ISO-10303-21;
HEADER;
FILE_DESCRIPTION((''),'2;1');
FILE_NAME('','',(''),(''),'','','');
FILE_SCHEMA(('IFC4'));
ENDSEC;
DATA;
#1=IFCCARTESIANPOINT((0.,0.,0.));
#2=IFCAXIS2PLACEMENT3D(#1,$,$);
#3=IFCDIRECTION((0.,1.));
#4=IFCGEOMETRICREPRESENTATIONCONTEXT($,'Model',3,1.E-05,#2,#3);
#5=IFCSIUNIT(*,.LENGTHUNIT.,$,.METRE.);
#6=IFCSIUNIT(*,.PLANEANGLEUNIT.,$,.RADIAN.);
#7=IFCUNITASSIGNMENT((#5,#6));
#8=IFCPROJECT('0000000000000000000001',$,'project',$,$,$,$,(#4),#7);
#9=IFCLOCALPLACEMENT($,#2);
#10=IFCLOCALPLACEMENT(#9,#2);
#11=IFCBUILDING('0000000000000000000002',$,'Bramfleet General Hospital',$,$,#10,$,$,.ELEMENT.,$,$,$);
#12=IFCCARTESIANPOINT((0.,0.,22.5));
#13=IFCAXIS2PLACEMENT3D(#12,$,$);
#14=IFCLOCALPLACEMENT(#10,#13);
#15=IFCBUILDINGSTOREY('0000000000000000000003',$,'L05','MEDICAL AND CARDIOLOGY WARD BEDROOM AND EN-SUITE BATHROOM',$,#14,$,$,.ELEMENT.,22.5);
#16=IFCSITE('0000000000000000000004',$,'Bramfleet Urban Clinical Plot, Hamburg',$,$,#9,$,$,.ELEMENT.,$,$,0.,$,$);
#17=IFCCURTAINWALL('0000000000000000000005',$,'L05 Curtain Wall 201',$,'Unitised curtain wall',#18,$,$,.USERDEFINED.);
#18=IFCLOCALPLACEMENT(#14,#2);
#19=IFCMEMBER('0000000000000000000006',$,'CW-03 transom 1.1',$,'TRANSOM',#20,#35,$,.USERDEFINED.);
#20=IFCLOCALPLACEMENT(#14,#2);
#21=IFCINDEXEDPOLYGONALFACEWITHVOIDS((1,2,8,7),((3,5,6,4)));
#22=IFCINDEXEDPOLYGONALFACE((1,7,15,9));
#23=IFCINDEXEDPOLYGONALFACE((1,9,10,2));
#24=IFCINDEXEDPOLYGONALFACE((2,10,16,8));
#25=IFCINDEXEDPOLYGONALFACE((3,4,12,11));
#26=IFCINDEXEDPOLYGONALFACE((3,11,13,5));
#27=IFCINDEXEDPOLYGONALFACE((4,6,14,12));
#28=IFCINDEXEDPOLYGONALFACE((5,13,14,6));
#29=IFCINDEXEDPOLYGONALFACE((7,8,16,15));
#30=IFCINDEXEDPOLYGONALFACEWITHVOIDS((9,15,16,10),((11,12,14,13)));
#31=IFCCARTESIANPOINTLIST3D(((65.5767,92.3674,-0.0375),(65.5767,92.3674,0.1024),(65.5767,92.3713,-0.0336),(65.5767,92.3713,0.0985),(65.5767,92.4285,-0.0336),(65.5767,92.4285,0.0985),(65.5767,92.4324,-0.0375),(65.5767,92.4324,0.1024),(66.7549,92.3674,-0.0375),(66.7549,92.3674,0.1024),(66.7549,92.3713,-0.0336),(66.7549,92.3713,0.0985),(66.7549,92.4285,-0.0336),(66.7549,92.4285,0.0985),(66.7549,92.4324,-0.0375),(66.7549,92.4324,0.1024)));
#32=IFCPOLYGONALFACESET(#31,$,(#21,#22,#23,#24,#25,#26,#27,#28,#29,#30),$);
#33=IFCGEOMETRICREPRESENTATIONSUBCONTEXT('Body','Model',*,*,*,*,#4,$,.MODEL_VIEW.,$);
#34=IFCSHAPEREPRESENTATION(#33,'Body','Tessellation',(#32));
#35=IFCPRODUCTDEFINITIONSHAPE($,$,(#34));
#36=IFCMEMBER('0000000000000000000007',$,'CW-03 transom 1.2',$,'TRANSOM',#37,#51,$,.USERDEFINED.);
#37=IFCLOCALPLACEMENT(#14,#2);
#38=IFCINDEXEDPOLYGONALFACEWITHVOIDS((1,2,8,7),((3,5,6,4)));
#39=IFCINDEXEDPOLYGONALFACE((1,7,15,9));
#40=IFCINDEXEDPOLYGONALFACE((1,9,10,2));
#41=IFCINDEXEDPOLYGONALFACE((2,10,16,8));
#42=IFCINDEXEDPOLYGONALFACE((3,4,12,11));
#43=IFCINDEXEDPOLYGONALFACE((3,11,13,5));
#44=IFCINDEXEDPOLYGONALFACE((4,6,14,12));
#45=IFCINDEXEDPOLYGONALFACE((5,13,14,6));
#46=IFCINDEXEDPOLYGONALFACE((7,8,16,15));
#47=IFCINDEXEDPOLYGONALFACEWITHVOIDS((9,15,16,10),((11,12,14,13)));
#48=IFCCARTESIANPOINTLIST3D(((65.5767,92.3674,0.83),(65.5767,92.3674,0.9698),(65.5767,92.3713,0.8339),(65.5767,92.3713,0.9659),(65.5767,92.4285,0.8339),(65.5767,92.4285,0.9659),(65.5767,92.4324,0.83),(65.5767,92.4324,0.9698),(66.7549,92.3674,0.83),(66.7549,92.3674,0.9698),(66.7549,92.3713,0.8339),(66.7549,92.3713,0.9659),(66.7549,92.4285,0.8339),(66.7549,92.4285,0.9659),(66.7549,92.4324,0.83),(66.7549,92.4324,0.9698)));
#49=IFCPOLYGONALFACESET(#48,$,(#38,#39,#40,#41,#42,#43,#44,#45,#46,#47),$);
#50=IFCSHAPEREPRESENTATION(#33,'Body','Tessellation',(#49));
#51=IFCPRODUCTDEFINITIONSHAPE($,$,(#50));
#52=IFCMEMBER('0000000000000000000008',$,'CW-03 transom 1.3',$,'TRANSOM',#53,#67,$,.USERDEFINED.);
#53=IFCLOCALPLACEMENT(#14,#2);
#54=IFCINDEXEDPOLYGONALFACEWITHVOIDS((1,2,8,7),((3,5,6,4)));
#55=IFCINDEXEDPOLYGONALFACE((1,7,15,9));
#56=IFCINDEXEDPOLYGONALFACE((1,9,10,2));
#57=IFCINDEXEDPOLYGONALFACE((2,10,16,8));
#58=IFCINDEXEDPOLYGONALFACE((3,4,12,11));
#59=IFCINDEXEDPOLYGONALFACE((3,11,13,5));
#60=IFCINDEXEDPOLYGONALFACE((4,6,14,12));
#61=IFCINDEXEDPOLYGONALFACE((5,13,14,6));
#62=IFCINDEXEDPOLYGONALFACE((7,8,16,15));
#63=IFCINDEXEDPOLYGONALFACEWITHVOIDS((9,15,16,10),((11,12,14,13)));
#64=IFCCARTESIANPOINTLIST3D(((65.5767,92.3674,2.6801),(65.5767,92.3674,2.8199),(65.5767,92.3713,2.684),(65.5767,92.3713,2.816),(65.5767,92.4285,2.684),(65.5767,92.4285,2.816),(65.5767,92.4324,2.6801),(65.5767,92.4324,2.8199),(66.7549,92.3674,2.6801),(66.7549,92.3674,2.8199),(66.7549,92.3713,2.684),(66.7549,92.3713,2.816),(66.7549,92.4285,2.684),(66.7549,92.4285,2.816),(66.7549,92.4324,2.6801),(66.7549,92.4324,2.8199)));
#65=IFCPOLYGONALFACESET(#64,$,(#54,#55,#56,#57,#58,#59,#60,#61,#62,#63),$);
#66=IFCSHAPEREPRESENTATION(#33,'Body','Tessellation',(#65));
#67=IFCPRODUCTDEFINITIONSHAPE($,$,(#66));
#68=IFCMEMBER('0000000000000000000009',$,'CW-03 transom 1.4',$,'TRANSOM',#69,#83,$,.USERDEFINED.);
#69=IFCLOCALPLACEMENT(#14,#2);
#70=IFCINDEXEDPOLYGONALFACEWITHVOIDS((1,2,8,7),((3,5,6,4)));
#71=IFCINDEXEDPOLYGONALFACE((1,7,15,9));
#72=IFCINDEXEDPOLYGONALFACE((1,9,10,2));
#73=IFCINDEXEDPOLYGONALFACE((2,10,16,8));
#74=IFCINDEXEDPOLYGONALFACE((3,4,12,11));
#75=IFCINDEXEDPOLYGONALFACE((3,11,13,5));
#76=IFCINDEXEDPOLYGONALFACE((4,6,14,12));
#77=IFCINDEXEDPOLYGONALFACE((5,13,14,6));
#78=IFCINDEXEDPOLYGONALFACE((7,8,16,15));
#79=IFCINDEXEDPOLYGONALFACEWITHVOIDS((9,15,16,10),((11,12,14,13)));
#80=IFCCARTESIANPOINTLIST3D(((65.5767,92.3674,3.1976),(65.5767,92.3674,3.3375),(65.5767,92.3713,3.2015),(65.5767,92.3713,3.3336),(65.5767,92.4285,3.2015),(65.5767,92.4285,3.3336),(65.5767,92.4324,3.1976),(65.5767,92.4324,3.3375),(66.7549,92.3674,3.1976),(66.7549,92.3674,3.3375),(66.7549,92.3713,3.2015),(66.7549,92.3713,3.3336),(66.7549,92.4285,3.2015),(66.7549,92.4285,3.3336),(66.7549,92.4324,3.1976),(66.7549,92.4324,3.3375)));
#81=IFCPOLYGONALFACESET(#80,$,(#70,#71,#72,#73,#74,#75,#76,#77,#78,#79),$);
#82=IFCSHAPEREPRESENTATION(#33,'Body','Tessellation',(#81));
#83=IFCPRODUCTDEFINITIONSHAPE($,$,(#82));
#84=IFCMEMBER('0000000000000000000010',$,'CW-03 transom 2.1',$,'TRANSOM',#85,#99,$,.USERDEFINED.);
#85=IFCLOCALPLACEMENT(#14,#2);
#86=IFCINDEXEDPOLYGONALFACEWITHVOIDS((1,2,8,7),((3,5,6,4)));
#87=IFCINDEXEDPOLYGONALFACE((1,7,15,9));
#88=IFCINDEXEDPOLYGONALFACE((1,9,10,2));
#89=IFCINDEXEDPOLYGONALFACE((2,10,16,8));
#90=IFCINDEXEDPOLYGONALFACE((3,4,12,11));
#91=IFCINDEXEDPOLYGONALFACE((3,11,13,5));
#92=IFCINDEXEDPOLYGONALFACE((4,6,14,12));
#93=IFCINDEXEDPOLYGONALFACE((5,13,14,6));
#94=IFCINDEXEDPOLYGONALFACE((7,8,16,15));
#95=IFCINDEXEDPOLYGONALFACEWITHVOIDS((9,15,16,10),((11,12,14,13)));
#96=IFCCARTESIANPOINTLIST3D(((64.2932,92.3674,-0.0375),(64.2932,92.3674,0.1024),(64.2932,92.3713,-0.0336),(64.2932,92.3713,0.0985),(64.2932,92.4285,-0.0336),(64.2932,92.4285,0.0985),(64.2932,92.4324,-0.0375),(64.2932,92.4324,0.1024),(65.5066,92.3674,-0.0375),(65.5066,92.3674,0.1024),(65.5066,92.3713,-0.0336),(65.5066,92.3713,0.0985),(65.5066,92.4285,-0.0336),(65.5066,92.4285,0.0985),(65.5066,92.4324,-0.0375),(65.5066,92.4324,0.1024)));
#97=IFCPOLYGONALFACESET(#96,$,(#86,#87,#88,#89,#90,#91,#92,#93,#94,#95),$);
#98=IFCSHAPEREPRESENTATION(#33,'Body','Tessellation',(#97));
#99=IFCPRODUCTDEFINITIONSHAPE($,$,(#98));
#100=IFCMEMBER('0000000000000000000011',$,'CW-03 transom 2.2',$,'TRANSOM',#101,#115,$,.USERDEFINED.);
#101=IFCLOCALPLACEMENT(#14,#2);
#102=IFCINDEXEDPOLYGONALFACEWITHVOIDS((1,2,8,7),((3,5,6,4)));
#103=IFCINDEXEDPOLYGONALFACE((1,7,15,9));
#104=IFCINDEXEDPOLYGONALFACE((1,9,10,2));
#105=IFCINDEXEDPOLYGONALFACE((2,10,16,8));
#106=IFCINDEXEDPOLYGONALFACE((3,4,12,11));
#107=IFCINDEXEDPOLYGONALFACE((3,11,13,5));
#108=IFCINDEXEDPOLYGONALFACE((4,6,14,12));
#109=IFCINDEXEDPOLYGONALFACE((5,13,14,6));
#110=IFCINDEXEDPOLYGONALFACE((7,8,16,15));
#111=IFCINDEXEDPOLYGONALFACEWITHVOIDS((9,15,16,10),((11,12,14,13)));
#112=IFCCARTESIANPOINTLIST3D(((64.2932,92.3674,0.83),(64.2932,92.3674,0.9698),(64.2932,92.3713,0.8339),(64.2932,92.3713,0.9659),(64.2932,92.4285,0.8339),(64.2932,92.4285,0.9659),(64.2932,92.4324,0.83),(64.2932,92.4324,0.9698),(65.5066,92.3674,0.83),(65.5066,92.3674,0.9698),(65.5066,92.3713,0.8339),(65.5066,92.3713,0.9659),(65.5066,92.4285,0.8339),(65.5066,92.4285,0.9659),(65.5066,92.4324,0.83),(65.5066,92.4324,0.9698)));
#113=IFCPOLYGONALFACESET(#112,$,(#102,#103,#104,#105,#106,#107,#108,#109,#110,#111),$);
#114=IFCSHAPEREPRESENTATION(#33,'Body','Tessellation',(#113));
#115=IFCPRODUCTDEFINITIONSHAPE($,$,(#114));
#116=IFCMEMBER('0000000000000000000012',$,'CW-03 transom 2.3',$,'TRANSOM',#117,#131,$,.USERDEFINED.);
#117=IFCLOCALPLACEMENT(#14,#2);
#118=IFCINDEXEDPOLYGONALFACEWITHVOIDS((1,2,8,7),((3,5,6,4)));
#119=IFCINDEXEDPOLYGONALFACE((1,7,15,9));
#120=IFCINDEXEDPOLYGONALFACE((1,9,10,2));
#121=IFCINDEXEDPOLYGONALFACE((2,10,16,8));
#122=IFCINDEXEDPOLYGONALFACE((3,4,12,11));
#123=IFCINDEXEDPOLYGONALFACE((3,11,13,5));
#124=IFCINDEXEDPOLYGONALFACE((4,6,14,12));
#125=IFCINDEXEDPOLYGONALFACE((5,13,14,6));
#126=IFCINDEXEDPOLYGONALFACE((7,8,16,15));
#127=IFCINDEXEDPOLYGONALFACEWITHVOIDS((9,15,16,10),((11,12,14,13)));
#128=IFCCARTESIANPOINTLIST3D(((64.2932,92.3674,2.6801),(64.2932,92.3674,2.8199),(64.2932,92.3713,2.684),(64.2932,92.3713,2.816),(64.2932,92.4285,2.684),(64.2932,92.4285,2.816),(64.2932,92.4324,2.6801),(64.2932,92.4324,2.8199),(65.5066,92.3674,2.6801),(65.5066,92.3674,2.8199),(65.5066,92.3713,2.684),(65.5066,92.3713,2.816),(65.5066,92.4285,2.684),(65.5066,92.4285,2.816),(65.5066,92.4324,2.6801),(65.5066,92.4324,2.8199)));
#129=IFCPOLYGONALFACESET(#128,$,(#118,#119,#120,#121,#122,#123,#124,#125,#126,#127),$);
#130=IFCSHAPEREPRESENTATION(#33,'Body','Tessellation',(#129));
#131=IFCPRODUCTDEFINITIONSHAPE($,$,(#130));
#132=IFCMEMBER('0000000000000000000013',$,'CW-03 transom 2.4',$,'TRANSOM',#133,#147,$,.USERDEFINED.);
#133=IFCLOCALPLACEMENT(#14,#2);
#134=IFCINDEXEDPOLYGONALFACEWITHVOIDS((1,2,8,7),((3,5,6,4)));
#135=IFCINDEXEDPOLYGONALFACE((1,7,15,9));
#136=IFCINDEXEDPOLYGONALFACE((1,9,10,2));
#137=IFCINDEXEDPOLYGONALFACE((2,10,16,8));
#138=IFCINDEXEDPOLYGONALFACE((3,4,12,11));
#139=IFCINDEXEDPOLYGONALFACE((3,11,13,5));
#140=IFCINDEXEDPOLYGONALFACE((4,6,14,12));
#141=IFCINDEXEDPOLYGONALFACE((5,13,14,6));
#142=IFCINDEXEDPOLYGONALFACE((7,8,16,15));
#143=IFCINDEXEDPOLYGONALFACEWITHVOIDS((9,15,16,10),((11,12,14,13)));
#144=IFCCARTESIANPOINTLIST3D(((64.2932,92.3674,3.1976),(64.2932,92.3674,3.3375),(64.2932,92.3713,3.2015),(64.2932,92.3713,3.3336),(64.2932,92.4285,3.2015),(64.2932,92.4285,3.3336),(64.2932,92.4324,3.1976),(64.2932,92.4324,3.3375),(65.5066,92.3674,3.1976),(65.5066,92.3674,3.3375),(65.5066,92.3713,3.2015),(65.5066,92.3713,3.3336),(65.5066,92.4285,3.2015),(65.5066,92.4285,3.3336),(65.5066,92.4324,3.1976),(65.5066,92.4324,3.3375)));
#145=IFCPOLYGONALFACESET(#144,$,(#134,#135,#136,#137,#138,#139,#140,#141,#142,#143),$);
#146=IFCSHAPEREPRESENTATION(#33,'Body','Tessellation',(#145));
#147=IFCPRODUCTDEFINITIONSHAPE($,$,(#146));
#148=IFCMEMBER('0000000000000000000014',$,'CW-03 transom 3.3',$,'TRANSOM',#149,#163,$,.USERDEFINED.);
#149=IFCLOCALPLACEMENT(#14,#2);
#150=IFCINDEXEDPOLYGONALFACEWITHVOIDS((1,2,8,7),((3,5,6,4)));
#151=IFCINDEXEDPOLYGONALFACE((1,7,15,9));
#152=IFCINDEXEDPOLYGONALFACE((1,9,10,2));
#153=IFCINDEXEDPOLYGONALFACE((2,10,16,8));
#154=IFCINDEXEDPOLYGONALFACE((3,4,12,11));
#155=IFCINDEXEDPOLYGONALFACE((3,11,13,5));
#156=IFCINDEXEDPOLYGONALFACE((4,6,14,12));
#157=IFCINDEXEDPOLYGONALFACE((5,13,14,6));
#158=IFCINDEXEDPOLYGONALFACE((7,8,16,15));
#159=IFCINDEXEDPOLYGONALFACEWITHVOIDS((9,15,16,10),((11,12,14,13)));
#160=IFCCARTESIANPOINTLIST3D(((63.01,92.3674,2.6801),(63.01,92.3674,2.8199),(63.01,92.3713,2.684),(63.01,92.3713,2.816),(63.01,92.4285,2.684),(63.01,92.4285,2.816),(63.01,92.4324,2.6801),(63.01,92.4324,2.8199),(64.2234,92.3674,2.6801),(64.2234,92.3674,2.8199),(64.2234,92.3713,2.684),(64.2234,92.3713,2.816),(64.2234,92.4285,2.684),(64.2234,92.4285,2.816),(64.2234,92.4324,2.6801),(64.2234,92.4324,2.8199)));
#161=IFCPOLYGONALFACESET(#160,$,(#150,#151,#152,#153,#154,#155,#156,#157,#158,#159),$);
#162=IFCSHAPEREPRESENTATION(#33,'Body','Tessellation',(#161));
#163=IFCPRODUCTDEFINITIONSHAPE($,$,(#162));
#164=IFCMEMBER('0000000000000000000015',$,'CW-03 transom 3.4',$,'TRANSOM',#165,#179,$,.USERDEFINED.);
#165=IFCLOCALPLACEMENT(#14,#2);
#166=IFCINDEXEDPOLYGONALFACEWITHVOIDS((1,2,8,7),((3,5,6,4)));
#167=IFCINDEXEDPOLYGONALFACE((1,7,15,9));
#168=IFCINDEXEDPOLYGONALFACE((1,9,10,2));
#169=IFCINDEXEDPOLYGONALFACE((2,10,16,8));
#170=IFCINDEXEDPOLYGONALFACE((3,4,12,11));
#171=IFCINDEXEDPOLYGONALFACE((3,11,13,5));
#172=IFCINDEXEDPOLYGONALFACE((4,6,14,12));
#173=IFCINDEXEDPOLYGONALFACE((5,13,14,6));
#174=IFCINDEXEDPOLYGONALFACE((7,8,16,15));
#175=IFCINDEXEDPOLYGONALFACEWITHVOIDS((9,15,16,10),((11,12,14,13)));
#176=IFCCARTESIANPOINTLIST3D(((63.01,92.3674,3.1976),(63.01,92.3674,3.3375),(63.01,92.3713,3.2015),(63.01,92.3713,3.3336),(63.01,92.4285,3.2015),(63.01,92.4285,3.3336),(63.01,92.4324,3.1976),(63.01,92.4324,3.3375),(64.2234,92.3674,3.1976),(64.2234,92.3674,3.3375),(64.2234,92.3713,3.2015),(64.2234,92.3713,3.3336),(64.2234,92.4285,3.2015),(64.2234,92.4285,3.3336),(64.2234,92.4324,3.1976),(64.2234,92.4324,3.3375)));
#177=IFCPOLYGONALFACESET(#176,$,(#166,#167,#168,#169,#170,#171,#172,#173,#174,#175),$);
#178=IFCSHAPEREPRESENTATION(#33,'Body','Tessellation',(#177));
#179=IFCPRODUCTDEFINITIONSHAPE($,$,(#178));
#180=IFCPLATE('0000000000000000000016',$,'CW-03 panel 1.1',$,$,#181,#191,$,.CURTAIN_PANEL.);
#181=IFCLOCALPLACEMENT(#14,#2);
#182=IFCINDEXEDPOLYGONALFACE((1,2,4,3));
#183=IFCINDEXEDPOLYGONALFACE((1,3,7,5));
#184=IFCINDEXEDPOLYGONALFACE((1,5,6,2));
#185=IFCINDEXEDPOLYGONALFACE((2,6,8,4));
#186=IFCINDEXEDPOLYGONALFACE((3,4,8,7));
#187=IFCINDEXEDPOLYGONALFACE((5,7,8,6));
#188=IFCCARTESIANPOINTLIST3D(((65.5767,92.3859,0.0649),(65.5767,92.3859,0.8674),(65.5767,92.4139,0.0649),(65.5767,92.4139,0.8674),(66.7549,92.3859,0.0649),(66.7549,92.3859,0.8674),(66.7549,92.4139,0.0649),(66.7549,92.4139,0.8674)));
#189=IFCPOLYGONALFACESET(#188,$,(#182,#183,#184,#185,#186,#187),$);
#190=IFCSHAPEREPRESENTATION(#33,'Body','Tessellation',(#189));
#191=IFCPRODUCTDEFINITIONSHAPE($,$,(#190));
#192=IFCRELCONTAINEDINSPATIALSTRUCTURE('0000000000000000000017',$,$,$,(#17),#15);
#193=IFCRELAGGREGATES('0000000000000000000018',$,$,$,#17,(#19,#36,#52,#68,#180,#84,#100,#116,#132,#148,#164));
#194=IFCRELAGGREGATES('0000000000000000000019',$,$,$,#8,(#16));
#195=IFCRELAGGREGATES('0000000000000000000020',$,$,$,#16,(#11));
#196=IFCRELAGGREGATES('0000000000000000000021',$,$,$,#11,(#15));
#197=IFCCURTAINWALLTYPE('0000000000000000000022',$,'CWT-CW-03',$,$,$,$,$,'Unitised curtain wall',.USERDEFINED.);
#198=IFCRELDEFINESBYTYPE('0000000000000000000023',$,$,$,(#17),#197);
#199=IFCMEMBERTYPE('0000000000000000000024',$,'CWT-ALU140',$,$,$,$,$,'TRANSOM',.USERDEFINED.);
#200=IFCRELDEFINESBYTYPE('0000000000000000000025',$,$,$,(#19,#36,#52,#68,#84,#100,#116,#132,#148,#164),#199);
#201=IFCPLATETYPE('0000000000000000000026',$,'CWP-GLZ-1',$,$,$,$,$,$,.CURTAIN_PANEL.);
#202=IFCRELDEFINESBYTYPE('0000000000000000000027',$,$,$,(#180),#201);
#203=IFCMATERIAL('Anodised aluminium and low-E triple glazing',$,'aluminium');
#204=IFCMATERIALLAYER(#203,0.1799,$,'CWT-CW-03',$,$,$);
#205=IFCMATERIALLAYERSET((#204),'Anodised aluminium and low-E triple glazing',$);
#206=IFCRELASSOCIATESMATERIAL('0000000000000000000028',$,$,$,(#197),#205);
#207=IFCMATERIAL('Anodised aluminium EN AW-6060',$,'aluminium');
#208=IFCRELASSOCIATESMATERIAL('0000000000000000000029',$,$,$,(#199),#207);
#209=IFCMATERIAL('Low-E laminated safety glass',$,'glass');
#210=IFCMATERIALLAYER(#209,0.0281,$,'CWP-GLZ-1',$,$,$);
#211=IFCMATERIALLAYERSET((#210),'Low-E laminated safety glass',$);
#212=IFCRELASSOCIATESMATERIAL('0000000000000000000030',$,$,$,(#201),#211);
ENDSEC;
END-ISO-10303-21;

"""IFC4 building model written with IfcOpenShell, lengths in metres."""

from ifc_helpers import new_model, si_unit, direction, frame, origin, origin_2d, place, context, subcontext, project, spatial, rectangle, hollow_rectangle, extrude, material, layer, layer_set, material_profile, profile_set, type_object, element, aggregate, save


model = new_model("IFC4")

# Units and contexts
model_context = context("Model", 3, precision=1e-05, world=origin(), true_north=direction((0.0, 1.0)))
body_context = subcontext(model_context, "Body", "Model", "MODEL_VIEW")
ifc_project = project(units=[si_unit("LENGTHUNIT", "METRE"), si_unit("PLANEANGLEUNIT", "RADIAN")], contexts=[model_context])

# Site, building, storey
site_placement = place(None, origin())
site = spatial("IfcSite", under=ifc_project, at=site_placement, Name="Bramfleet Urban Clinical Plot, Hamburg", CompositionType="ELEMENT", RefElevation=0.0)
building_placement = place(site_placement, origin())
building = spatial("IfcBuilding", under=site, at=building_placement, Name="Bramfleet General Hospital", CompositionType="ELEMENT")
storey_placement = place(building_placement, frame((0.0, 0.0, 22.5)))
storey = spatial("IfcBuildingStorey", under=building, at=storey_placement, Name="L05", Description="MEDICAL AND CARDIOLOGY WARD BEDROOM AND EN-SUITE BATHROOM", CompositionType="ELEMENT", Elevation=22.5)

# Curtain wall, members, plate
ifc_material_1 = material(Name="Anodised aluminium and low-E triple glazing", Category="aluminium")
ifc_layer_1 = layer(ifc_material_1, 0.1799, Name="CWT-CW-03")
ifc_layer_set_1 = layer_set([ifc_layer_1], Name="Anodised aluminium and low-E triple glazing")
curtain_wall_type = type_object("IfcCurtainWallType", Name="CWT-CW-03", ElementType="Unitised curtain wall", PredefinedType="USERDEFINED", material=ifc_layer_set_1)
curtain_wall_placement = place(storey_placement, origin())
curtain_wall = element("IfcCurtainWall", 1, at=curtain_wall_placement, inside=storey, type_object=curtain_wall_type, Name="L05 Curtain Wall 201", ObjectType="Unitised curtain wall", PredefinedType="USERDEFINED")
ifc_material_2 = material(Name="Anodised aluminium EN AW-6060", Category="aluminium")
ifc_material_profile_1 = material_profile(ifc_material_2, hollow_rectangle(XDim=0.0649, YDim=0.1399, WallThickness=0.0039, at=origin_2d()), Name="ALU 140x65x4.0")
ifc_profile_set_1 = profile_set([ifc_material_profile_1], Name="Anodised aluminium EN AW-6060")
member_type_1 = type_object("IfcMemberType", Name="CWT-ALU140", ElementType="TRANSOM", PredefinedType="USERDEFINED", material=ifc_profile_set_1)
member_1_placement = place(storey_placement, frame((66.7549, 92.3999, 0.0325), z_axis=(-1.0, 0.0, 0.0), x_axis=(0.0, -1.0, 0.0)))
member_1 = element("IfcMember", 2, at=member_1_placement, type_object=member_type_1, Name="CW-03 transom 1.1", ObjectType="TRANSOM", PredefinedType="USERDEFINED", context=body_context, shape_type="SweptSolid", body=[
    extrude(hollow_rectangle(XDim=0.0649, YDim=0.1399, WallThickness=0.0039, at=origin_2d()), origin(), (0.0, 0.0, 1.0), 1.1782),
])
member_2_placement = place(storey_placement, frame((66.7549, 92.3999, 0.8999), z_axis=(-1.0, 0.0, 0.0), x_axis=(0.0, -1.0, 0.0)))
member_2 = element("IfcMember", 3, at=member_2_placement, type_object=member_type_1, Name="CW-03 transom 1.2", ObjectType="TRANSOM", PredefinedType="USERDEFINED", context=body_context, shape_type="SweptSolid", body=[
    extrude(hollow_rectangle(XDim=0.0649, YDim=0.1399, WallThickness=0.0039, at=origin_2d()), origin(), (0.0, 0.0, 1.0), 1.1782),
])
member_3_placement = place(storey_placement, frame((66.7549, 92.3999, 2.75), z_axis=(-1.0, 0.0, 0.0), x_axis=(0.0, -1.0, 0.0)))
member_3 = element("IfcMember", 4, at=member_3_placement, type_object=member_type_1, Name="CW-03 transom 1.3", ObjectType="TRANSOM", PredefinedType="USERDEFINED", context=body_context, shape_type="SweptSolid", body=[
    extrude(hollow_rectangle(XDim=0.0649, YDim=0.1399, WallThickness=0.0039, at=origin_2d()), origin(), (0.0, 0.0, 1.0), 1.1782),
])
member_4_placement = place(storey_placement, frame((66.7549, 92.3999, 3.2676), z_axis=(-1.0, 0.0, 0.0), x_axis=(0.0, -1.0, 0.0)))
member_4 = element("IfcMember", 5, at=member_4_placement, type_object=member_type_1, Name="CW-03 transom 1.4", ObjectType="TRANSOM", PredefinedType="USERDEFINED", context=body_context, shape_type="SweptSolid", body=[
    extrude(hollow_rectangle(XDim=0.0649, YDim=0.1399, WallThickness=0.0039, at=origin_2d()), origin(), (0.0, 0.0, 1.0), 1.1782),
])
member_5_placement = place(storey_placement, frame((65.5066, 92.3999, 0.0325), z_axis=(-1.0, 0.0, 0.0), x_axis=(0.0, -1.0, 0.0)))
member_5 = element("IfcMember", 6, at=member_5_placement, type_object=member_type_1, Name="CW-03 transom 2.1", ObjectType="TRANSOM", PredefinedType="USERDEFINED", context=body_context, shape_type="SweptSolid", body=[
    extrude(hollow_rectangle(XDim=0.0649, YDim=0.1399, WallThickness=0.0039, at=origin_2d()), origin(), (0.0, 0.0, 1.0), 1.2134),
])
member_6_placement = place(storey_placement, frame((65.5066, 92.3999, 0.8999), z_axis=(-1.0, 0.0, 0.0), x_axis=(0.0, -1.0, 0.0)))
member_6 = element("IfcMember", 7, at=member_6_placement, type_object=member_type_1, Name="CW-03 transom 2.2", ObjectType="TRANSOM", PredefinedType="USERDEFINED", context=body_context, shape_type="SweptSolid", body=[
    extrude(hollow_rectangle(XDim=0.0649, YDim=0.1399, WallThickness=0.0039, at=origin_2d()), origin(), (0.0, 0.0, 1.0), 1.2134),
])
member_7_placement = place(storey_placement, frame((65.5066, 92.3999, 2.75), z_axis=(-1.0, 0.0, 0.0), x_axis=(0.0, -1.0, 0.0)))
member_7 = element("IfcMember", 8, at=member_7_placement, type_object=member_type_1, Name="CW-03 transom 2.3", ObjectType="TRANSOM", PredefinedType="USERDEFINED", context=body_context, shape_type="SweptSolid", body=[
    extrude(hollow_rectangle(XDim=0.0649, YDim=0.1399, WallThickness=0.0039, at=origin_2d()), origin(), (0.0, 0.0, 1.0), 1.2134),
])
member_8_placement = place(storey_placement, frame((65.5066, 92.3999, 3.2676), z_axis=(-1.0, 0.0, 0.0), x_axis=(0.0, -1.0, 0.0)))
member_8 = element("IfcMember", 9, at=member_8_placement, type_object=member_type_1, Name="CW-03 transom 2.4", ObjectType="TRANSOM", PredefinedType="USERDEFINED", context=body_context, shape_type="SweptSolid", body=[
    extrude(hollow_rectangle(XDim=0.0649, YDim=0.1399, WallThickness=0.0039, at=origin_2d()), origin(), (0.0, 0.0, 1.0), 1.2134),
])
member_9_placement = place(storey_placement, frame((64.2234, 92.3999, 2.75), z_axis=(-1.0, 0.0, 0.0), x_axis=(0.0, -1.0, 0.0)))
member_9 = element("IfcMember", 10, at=member_9_placement, type_object=member_type_1, Name="CW-03 transom 3.3", ObjectType="TRANSOM", PredefinedType="USERDEFINED", context=body_context, shape_type="SweptSolid", body=[
    extrude(hollow_rectangle(XDim=0.0649, YDim=0.1399, WallThickness=0.0039, at=origin_2d()), origin(), (0.0, 0.0, 1.0), 1.2134),
])
member_10_placement = place(storey_placement, frame((64.2234, 92.3999, 3.2676), z_axis=(-1.0, 0.0, 0.0), x_axis=(0.0, -1.0, 0.0)))
member_10 = element("IfcMember", 11, at=member_10_placement, type_object=member_type_1, Name="CW-03 transom 3.4", ObjectType="TRANSOM", PredefinedType="USERDEFINED", context=body_context, shape_type="SweptSolid", body=[
    extrude(hollow_rectangle(XDim=0.0649, YDim=0.1399, WallThickness=0.0039, at=origin_2d()), origin(), (0.0, 0.0, 1.0), 1.2134),
])
ifc_material_3 = material(Name="Low-E laminated safety glass", Category="glass")
ifc_layer_2 = layer(ifc_material_3, 0.0281, Name="CWP-GLZ-1")
ifc_layer_set_2 = layer_set([ifc_layer_2], Name="Low-E laminated safety glass")
plate_type = type_object("IfcPlateType", Name="CWP-GLZ-1", PredefinedType="CURTAIN_PANEL", material=ifc_layer_set_2)
plate_1_placement = place(storey_placement, frame((66.1658, 92.3999, 0.0649), z_axis=(0.0, 0.0, 1.0), x_axis=(-1.0, 0.0, 0.0)))
plate_1 = element("IfcPlate", 12, at=plate_1_placement, type_object=plate_type, Name="CW-03 panel 1.1", PredefinedType="CURTAIN_PANEL", context=body_context, shape_type="SweptSolid", body=[
    extrude(rectangle(XDim=1.1782, YDim=0.0281, at=origin_2d()), origin(), (0.0, 0.0, 1.0), 0.8025),
])
aggregate(curtain_wall, [member_1, member_2, member_3, member_4, plate_1, member_5, member_6, member_7, member_8, member_9, member_10])

save(model, "model.ifc")
